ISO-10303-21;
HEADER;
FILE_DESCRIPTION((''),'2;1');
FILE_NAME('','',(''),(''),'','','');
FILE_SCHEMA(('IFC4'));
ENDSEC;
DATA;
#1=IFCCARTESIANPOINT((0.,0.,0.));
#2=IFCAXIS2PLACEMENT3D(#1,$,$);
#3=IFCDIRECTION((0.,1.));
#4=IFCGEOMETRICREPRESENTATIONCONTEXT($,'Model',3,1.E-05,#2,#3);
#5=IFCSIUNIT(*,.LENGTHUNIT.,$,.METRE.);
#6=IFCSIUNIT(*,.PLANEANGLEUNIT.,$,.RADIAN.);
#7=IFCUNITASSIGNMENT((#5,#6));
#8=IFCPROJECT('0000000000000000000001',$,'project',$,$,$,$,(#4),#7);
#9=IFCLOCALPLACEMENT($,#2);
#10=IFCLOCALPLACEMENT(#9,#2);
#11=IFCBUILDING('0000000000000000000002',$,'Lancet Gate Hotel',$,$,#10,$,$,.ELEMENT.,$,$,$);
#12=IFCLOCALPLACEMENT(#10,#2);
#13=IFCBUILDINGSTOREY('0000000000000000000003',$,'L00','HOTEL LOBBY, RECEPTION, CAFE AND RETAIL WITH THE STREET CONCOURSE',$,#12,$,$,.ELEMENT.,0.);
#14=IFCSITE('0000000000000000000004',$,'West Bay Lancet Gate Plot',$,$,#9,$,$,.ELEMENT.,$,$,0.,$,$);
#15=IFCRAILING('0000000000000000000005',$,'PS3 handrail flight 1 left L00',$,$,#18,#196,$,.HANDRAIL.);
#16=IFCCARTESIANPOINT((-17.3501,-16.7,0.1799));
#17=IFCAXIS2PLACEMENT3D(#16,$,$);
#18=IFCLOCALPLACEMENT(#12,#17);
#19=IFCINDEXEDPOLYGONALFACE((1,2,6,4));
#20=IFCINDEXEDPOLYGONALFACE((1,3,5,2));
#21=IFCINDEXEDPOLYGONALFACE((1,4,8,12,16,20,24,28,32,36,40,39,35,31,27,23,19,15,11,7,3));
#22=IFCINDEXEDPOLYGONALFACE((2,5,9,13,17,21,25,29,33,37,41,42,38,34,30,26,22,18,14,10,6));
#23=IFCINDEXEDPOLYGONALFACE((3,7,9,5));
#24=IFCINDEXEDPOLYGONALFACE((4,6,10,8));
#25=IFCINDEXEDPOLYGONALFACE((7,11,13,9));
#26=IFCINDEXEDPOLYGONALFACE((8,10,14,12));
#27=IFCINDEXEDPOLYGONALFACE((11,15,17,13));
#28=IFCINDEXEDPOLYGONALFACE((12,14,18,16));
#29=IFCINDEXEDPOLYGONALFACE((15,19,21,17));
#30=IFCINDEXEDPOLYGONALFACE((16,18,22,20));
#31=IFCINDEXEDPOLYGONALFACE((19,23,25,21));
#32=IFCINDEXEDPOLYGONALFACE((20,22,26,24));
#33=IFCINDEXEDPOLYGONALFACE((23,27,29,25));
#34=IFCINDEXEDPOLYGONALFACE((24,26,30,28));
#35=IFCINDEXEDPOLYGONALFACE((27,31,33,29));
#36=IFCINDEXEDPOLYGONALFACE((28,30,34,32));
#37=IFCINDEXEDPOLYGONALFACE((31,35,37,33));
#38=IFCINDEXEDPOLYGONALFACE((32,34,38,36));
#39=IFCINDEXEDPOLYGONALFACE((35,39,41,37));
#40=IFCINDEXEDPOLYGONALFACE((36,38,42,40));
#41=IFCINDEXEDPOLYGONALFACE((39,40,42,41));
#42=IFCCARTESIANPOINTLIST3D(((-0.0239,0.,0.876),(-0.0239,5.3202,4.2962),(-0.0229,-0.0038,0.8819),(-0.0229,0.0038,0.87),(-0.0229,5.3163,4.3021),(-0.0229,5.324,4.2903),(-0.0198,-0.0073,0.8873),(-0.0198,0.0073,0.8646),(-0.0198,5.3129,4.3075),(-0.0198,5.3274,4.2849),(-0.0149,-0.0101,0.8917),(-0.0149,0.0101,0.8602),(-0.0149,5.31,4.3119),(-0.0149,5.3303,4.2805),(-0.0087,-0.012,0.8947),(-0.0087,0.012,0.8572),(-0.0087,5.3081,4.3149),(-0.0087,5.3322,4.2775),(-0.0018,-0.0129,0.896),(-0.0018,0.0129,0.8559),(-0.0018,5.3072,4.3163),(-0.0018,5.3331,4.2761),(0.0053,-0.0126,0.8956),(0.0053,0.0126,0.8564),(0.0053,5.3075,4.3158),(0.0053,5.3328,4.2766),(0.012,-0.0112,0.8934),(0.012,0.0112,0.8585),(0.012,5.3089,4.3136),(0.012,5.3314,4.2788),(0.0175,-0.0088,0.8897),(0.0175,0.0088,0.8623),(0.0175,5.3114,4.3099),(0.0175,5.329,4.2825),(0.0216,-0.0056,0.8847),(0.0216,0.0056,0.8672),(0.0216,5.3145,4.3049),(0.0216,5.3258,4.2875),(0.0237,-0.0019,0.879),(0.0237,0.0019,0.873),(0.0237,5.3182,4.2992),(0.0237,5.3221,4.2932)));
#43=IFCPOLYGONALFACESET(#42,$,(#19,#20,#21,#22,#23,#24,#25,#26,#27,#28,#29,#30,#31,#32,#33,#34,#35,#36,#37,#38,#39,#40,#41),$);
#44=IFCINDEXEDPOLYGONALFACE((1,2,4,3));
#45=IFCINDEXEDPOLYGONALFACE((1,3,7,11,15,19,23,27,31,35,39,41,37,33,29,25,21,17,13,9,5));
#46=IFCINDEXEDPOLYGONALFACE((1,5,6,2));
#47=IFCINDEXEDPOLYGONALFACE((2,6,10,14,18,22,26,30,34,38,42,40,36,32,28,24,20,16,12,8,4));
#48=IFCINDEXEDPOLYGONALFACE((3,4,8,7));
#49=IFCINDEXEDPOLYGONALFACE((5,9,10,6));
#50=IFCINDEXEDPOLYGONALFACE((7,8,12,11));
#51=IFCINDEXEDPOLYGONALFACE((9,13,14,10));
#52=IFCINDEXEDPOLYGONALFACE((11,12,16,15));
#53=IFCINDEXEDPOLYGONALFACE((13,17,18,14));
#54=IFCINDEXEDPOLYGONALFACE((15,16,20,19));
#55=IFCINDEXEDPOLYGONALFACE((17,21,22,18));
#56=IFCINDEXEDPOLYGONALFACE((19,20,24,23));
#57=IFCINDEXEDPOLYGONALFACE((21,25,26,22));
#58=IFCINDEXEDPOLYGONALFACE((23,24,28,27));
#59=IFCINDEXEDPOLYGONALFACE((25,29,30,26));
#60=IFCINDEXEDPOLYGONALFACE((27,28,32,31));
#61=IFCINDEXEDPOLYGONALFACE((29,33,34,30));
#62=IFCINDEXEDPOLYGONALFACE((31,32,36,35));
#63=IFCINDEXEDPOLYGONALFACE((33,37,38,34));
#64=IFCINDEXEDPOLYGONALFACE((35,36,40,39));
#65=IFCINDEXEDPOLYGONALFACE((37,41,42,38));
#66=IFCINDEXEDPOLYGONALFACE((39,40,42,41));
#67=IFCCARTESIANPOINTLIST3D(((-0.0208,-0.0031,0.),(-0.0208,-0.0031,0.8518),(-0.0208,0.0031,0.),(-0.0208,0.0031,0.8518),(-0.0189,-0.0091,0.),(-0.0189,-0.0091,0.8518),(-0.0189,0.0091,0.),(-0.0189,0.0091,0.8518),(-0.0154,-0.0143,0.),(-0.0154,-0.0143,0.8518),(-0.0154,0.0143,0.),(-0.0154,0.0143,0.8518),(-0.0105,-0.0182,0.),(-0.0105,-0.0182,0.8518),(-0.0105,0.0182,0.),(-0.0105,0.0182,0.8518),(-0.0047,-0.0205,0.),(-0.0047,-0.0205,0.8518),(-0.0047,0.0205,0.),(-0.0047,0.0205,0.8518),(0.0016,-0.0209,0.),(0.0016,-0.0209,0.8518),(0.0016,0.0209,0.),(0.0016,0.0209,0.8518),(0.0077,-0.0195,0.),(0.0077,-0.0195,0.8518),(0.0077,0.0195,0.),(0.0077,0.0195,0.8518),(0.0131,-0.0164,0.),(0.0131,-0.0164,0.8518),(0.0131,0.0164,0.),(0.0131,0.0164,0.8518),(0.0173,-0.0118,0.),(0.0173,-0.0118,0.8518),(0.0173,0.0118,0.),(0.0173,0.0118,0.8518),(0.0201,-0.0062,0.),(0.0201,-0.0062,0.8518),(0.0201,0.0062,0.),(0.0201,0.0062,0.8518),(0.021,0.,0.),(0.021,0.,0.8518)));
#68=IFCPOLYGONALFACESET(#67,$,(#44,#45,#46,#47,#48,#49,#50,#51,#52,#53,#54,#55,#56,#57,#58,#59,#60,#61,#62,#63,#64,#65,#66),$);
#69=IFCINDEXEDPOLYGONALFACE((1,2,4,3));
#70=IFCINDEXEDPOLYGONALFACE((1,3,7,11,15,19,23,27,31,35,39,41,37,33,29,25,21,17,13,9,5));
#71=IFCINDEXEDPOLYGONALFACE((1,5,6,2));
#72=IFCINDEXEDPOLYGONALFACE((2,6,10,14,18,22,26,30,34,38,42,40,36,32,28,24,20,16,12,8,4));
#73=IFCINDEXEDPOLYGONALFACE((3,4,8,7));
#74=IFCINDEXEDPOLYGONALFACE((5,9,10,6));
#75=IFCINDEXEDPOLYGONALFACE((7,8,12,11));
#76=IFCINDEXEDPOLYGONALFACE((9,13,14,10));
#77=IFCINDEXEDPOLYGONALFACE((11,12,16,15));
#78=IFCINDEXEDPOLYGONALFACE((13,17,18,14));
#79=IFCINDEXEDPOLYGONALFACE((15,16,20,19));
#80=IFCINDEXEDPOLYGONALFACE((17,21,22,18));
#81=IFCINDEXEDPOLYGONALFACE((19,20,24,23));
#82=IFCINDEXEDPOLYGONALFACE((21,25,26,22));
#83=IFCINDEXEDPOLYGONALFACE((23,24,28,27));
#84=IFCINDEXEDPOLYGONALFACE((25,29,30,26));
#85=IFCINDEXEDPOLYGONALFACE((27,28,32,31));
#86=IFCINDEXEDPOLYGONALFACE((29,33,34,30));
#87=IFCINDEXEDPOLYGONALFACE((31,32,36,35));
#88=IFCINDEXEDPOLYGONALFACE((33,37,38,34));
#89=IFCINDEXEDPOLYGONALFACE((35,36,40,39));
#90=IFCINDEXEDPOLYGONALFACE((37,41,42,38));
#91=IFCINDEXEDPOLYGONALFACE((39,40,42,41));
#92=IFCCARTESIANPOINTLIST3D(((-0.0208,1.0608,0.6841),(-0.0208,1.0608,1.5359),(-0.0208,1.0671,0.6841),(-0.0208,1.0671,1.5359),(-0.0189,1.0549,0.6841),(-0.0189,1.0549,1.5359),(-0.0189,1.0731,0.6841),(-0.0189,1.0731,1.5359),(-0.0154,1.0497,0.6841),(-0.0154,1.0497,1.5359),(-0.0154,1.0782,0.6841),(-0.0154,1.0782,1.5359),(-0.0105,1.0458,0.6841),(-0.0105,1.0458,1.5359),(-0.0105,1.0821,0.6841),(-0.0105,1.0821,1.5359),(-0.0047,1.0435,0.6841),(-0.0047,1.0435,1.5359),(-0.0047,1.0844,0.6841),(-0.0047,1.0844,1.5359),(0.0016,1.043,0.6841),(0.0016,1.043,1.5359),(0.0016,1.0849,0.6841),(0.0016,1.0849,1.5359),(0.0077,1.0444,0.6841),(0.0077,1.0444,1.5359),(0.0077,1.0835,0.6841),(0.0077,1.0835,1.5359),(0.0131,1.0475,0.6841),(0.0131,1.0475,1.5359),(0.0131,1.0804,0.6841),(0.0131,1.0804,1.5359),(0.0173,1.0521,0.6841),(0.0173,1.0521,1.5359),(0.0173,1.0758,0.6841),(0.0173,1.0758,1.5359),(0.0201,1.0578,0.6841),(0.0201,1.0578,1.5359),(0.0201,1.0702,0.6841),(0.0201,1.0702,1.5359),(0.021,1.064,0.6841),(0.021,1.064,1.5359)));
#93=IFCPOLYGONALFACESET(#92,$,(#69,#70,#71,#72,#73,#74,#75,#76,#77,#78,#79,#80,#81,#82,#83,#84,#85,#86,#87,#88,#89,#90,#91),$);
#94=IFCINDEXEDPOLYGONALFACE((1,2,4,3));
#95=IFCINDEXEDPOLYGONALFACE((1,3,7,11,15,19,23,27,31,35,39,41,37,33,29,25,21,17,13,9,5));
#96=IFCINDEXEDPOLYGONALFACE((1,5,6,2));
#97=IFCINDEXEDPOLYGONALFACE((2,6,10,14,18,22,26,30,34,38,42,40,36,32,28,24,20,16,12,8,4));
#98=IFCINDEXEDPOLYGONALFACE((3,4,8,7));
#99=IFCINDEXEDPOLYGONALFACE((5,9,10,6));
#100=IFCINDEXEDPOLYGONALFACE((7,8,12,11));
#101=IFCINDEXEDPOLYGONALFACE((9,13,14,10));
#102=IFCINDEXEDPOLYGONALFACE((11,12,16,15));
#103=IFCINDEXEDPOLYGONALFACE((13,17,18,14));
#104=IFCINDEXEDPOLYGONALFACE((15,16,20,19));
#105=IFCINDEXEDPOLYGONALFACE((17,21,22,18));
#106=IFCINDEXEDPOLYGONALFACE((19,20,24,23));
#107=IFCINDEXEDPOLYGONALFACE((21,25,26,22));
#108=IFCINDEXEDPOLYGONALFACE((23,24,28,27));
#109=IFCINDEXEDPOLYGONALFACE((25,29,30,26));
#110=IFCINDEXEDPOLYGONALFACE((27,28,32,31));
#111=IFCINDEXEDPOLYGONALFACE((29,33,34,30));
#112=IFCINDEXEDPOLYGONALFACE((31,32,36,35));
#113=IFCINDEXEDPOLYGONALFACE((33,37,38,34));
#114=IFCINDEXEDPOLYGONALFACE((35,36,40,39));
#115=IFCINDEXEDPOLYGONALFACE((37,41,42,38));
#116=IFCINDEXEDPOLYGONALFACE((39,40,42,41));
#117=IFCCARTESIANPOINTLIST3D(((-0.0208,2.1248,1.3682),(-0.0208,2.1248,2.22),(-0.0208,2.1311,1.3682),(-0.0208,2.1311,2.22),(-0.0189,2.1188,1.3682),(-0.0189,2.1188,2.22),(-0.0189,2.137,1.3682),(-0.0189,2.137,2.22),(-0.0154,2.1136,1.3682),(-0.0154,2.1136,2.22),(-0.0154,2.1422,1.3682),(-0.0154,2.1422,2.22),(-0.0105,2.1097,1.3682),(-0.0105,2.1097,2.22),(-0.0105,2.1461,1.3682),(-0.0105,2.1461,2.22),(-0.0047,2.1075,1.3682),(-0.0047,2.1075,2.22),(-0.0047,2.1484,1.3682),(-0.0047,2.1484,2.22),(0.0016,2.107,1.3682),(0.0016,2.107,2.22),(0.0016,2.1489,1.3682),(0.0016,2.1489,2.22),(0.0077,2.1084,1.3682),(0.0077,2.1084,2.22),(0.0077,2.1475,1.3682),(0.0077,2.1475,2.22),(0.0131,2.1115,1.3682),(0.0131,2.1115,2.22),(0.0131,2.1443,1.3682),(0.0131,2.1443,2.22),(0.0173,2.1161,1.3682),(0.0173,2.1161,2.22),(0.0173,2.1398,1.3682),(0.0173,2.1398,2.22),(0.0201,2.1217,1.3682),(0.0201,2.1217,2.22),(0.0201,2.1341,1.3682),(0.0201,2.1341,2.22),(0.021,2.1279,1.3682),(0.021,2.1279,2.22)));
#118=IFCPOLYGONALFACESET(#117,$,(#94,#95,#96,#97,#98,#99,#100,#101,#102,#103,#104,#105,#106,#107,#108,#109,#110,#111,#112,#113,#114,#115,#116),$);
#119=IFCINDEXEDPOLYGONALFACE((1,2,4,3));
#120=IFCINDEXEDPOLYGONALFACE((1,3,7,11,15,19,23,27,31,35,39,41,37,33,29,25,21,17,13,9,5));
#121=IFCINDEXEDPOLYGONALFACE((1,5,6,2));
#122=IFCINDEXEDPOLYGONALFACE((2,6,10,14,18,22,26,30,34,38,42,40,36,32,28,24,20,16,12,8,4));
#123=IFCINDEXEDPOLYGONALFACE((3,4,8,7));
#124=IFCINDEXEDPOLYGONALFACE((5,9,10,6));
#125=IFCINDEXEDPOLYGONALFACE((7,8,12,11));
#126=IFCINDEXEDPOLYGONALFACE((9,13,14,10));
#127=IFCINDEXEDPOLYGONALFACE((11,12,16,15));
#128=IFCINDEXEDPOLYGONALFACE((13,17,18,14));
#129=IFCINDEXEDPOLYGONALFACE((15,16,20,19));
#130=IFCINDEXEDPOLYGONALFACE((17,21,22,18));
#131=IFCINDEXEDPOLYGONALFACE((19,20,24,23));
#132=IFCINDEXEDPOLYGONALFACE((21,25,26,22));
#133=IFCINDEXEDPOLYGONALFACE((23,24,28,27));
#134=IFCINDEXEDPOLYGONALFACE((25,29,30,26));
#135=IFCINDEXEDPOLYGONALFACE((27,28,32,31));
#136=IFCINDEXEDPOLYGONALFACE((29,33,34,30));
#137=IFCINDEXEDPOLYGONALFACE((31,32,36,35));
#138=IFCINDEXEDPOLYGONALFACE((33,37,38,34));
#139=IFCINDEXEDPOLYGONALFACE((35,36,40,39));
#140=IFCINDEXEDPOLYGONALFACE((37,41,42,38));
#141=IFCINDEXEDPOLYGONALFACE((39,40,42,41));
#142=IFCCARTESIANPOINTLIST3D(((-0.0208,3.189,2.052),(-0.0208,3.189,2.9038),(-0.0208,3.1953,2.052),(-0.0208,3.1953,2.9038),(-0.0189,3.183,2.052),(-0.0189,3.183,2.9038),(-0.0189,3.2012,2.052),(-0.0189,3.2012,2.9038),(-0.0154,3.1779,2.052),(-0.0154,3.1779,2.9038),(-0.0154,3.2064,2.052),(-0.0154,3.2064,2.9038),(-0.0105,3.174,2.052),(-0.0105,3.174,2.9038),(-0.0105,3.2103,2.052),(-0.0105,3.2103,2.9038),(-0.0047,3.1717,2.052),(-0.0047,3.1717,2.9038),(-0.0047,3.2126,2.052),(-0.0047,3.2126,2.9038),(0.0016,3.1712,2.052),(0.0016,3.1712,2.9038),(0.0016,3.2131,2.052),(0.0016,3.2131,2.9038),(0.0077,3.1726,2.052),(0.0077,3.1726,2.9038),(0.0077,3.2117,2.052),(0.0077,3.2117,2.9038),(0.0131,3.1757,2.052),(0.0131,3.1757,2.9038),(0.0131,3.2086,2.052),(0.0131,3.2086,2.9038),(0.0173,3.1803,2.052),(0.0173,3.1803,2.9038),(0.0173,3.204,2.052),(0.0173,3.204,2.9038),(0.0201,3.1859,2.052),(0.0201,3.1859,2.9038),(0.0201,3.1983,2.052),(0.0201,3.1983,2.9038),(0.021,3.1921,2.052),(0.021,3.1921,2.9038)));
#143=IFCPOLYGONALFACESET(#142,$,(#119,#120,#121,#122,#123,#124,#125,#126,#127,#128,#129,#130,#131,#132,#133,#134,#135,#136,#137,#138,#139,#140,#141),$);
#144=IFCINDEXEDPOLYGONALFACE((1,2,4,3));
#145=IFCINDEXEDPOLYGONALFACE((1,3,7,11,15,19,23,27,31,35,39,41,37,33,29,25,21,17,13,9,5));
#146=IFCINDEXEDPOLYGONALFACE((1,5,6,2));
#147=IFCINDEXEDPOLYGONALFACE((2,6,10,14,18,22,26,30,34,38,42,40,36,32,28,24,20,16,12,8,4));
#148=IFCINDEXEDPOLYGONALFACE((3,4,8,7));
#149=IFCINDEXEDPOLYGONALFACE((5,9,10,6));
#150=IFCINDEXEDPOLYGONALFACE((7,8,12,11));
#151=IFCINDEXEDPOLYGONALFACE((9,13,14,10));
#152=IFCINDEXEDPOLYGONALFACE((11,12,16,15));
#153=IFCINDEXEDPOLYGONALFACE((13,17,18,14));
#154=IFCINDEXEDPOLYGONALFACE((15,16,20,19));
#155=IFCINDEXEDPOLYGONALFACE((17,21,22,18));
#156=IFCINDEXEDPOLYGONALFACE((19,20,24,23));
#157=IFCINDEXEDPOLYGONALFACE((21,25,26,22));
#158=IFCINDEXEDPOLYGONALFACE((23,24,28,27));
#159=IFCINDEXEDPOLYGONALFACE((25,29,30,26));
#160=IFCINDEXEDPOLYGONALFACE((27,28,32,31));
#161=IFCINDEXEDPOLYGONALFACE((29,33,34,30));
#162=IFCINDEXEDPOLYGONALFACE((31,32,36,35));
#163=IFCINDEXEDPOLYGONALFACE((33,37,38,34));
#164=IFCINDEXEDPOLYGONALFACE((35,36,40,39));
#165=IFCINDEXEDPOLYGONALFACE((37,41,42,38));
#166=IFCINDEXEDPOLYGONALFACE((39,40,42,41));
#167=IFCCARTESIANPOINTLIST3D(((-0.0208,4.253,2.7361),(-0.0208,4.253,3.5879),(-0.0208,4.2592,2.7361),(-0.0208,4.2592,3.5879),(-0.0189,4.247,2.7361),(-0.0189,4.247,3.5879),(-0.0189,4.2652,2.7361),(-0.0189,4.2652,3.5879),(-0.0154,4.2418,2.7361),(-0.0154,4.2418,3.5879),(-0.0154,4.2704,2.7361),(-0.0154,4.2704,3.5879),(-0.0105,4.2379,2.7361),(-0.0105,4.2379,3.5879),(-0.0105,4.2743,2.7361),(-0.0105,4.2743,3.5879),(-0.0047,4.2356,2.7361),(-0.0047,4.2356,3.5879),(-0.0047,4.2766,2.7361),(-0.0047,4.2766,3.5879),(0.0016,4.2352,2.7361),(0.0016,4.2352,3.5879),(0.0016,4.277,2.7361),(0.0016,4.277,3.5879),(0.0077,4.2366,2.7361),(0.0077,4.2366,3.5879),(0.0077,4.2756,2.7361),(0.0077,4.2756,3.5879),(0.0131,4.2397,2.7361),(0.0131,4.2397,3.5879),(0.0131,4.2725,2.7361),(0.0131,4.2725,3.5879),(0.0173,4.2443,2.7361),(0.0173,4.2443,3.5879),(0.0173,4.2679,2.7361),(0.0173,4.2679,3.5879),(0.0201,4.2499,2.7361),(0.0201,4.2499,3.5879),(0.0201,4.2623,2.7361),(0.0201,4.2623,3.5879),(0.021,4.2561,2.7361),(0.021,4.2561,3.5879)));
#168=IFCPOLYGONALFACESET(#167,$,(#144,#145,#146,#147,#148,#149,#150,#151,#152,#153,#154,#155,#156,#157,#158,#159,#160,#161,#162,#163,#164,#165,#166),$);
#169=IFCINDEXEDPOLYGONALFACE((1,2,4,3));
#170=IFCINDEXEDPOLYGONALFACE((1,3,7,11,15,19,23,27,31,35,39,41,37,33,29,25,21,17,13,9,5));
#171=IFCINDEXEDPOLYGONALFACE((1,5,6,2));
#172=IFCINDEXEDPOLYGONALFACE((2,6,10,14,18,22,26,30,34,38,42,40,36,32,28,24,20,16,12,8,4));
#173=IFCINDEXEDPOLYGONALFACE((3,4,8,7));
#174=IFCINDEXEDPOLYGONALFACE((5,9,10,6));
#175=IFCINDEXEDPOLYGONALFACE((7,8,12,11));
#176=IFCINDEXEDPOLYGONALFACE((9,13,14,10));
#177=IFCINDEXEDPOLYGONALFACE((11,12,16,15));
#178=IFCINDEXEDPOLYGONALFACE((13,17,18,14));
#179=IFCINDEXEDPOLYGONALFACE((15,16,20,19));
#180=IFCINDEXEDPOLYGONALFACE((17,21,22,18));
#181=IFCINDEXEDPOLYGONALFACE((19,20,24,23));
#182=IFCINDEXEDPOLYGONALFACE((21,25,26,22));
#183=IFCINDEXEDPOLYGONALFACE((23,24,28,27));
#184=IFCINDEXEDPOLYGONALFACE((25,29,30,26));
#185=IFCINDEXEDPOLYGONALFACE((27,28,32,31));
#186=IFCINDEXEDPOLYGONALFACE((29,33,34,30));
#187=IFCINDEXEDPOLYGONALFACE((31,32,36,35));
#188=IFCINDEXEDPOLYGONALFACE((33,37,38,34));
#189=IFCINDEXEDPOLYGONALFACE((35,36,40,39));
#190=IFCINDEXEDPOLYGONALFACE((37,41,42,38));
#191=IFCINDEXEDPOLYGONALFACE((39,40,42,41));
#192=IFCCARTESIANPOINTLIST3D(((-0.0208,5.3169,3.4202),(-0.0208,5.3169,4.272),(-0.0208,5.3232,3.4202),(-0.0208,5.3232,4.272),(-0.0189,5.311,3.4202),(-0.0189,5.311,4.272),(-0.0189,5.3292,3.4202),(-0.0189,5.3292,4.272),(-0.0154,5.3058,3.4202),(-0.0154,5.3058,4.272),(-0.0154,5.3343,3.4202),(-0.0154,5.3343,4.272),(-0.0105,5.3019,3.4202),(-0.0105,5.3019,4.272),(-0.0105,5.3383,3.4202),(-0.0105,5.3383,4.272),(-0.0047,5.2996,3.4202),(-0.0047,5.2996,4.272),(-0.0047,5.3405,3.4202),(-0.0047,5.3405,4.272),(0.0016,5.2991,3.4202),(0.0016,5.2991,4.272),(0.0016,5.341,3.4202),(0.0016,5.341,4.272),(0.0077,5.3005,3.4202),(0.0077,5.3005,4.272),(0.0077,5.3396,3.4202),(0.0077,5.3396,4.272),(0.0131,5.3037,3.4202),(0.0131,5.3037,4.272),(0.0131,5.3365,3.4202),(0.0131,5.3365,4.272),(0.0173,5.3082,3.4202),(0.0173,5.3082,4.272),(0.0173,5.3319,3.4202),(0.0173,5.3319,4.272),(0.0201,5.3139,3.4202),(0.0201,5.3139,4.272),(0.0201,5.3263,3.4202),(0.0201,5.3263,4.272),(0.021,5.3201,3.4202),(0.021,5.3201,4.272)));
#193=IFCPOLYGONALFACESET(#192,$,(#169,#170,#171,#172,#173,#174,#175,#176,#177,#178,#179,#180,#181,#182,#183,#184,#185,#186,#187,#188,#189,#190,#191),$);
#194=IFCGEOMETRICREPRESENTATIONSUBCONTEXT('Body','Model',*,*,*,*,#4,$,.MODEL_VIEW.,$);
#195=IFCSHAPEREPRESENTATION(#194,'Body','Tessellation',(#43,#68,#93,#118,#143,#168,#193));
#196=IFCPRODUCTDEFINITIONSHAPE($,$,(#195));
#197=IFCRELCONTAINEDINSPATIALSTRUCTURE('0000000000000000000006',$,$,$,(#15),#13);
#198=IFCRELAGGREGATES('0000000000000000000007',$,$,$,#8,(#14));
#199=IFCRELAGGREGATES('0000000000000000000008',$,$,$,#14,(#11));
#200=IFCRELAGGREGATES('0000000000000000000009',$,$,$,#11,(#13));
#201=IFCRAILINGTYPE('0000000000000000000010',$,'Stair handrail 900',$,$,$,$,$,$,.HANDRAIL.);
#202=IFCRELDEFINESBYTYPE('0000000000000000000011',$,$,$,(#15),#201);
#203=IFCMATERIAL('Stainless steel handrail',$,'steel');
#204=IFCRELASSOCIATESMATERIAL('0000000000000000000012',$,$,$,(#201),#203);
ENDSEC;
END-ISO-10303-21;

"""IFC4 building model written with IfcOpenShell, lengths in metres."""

from ifc_helpers import new_model, si_unit, direction, frame, origin, origin_2d, place, context, subcontext, project, spatial, circle, extrude, material, type_object, element, save


model = new_model("IFC4")

# Units and contexts
model_context = context("Model", 3, precision=1e-05, world=origin(), true_north=direction((0.0, 1.0)))
body_context = subcontext(model_context, "Body", "Model", "MODEL_VIEW")
ifc_project = project(units=[si_unit("LENGTHUNIT", "METRE"), si_unit("PLANEANGLEUNIT", "RADIAN")], contexts=[model_context])

# Site, building, storey
site_placement = place(None, origin())
site = spatial("IfcSite", under=ifc_project, at=site_placement, Name="West Bay Lancet Gate Plot", CompositionType="ELEMENT", RefElevation=0.0)
building_placement = place(site_placement, origin())
building = spatial("IfcBuilding", under=site, at=building_placement, Name="Lancet Gate Hotel", CompositionType="ELEMENT")
storey_placement = place(building_placement, origin())
storey = spatial("IfcBuildingStorey", under=building, at=storey_placement, Name="L00", Description="HOTEL LOBBY, RECEPTION, CAFE AND RETAIL WITH THE STREET CONCOURSE", CompositionType="ELEMENT", Elevation=0.0)

# Railing
ifc_material_1 = material(Name="Stainless steel handrail", Category="steel")
railing_type_1 = type_object("IfcRailingType", Name="Stair handrail 900", PredefinedType="HANDRAIL", material=ifc_material_1)
for number, where, name in (
    (1, (-17.3501, -16.7, 0.1799), "PS3 handrail flight 1 left L00"),
):
    element("IfcRailing", number, at=place(storey_placement, frame(where)), inside=storey, type_object=railing_type_1, Name=name, PredefinedType="HANDRAIL", context=body_context, shape_type="SweptSolid", body=[
        extrude(circle(Radius=0.0239, at=origin_2d()), frame((0.0, 0.0, 0.876), z_axis=(0.0, 0.84117, 0.540771), x_axis=(-1.0, 0.0, 0.0)), (0.0, 0.0, 1.0), 6.3247),
        extrude(circle(Radius=0.021, at=origin_2d()), origin(), (0.0, 0.0, 1.0), 0.8518),
        extrude(circle(Radius=0.021, at=origin_2d()), frame((0.0, 1.064, 0.6841)), (0.0, 0.0, 1.0), 0.8518),
        extrude(circle(Radius=0.021, at=origin_2d()), frame((0.0, 2.1279, 1.3682)), (0.0, 0.0, 1.0), 0.8518),
        extrude(circle(Radius=0.021, at=origin_2d()), frame((0.0, 3.1921, 2.052)), (0.0, 0.0, 1.0), 0.8518),
        extrude(circle(Radius=0.021, at=origin_2d()), frame((0.0, 4.2561, 2.7361)), (0.0, 0.0, 1.0), 0.8518),
        extrude(circle(Radius=0.021, at=origin_2d()), frame((0.0, 5.3201, 3.4202)), (0.0, 0.0, 1.0), 0.8518),
    ])

save(model, "model.ifc")
